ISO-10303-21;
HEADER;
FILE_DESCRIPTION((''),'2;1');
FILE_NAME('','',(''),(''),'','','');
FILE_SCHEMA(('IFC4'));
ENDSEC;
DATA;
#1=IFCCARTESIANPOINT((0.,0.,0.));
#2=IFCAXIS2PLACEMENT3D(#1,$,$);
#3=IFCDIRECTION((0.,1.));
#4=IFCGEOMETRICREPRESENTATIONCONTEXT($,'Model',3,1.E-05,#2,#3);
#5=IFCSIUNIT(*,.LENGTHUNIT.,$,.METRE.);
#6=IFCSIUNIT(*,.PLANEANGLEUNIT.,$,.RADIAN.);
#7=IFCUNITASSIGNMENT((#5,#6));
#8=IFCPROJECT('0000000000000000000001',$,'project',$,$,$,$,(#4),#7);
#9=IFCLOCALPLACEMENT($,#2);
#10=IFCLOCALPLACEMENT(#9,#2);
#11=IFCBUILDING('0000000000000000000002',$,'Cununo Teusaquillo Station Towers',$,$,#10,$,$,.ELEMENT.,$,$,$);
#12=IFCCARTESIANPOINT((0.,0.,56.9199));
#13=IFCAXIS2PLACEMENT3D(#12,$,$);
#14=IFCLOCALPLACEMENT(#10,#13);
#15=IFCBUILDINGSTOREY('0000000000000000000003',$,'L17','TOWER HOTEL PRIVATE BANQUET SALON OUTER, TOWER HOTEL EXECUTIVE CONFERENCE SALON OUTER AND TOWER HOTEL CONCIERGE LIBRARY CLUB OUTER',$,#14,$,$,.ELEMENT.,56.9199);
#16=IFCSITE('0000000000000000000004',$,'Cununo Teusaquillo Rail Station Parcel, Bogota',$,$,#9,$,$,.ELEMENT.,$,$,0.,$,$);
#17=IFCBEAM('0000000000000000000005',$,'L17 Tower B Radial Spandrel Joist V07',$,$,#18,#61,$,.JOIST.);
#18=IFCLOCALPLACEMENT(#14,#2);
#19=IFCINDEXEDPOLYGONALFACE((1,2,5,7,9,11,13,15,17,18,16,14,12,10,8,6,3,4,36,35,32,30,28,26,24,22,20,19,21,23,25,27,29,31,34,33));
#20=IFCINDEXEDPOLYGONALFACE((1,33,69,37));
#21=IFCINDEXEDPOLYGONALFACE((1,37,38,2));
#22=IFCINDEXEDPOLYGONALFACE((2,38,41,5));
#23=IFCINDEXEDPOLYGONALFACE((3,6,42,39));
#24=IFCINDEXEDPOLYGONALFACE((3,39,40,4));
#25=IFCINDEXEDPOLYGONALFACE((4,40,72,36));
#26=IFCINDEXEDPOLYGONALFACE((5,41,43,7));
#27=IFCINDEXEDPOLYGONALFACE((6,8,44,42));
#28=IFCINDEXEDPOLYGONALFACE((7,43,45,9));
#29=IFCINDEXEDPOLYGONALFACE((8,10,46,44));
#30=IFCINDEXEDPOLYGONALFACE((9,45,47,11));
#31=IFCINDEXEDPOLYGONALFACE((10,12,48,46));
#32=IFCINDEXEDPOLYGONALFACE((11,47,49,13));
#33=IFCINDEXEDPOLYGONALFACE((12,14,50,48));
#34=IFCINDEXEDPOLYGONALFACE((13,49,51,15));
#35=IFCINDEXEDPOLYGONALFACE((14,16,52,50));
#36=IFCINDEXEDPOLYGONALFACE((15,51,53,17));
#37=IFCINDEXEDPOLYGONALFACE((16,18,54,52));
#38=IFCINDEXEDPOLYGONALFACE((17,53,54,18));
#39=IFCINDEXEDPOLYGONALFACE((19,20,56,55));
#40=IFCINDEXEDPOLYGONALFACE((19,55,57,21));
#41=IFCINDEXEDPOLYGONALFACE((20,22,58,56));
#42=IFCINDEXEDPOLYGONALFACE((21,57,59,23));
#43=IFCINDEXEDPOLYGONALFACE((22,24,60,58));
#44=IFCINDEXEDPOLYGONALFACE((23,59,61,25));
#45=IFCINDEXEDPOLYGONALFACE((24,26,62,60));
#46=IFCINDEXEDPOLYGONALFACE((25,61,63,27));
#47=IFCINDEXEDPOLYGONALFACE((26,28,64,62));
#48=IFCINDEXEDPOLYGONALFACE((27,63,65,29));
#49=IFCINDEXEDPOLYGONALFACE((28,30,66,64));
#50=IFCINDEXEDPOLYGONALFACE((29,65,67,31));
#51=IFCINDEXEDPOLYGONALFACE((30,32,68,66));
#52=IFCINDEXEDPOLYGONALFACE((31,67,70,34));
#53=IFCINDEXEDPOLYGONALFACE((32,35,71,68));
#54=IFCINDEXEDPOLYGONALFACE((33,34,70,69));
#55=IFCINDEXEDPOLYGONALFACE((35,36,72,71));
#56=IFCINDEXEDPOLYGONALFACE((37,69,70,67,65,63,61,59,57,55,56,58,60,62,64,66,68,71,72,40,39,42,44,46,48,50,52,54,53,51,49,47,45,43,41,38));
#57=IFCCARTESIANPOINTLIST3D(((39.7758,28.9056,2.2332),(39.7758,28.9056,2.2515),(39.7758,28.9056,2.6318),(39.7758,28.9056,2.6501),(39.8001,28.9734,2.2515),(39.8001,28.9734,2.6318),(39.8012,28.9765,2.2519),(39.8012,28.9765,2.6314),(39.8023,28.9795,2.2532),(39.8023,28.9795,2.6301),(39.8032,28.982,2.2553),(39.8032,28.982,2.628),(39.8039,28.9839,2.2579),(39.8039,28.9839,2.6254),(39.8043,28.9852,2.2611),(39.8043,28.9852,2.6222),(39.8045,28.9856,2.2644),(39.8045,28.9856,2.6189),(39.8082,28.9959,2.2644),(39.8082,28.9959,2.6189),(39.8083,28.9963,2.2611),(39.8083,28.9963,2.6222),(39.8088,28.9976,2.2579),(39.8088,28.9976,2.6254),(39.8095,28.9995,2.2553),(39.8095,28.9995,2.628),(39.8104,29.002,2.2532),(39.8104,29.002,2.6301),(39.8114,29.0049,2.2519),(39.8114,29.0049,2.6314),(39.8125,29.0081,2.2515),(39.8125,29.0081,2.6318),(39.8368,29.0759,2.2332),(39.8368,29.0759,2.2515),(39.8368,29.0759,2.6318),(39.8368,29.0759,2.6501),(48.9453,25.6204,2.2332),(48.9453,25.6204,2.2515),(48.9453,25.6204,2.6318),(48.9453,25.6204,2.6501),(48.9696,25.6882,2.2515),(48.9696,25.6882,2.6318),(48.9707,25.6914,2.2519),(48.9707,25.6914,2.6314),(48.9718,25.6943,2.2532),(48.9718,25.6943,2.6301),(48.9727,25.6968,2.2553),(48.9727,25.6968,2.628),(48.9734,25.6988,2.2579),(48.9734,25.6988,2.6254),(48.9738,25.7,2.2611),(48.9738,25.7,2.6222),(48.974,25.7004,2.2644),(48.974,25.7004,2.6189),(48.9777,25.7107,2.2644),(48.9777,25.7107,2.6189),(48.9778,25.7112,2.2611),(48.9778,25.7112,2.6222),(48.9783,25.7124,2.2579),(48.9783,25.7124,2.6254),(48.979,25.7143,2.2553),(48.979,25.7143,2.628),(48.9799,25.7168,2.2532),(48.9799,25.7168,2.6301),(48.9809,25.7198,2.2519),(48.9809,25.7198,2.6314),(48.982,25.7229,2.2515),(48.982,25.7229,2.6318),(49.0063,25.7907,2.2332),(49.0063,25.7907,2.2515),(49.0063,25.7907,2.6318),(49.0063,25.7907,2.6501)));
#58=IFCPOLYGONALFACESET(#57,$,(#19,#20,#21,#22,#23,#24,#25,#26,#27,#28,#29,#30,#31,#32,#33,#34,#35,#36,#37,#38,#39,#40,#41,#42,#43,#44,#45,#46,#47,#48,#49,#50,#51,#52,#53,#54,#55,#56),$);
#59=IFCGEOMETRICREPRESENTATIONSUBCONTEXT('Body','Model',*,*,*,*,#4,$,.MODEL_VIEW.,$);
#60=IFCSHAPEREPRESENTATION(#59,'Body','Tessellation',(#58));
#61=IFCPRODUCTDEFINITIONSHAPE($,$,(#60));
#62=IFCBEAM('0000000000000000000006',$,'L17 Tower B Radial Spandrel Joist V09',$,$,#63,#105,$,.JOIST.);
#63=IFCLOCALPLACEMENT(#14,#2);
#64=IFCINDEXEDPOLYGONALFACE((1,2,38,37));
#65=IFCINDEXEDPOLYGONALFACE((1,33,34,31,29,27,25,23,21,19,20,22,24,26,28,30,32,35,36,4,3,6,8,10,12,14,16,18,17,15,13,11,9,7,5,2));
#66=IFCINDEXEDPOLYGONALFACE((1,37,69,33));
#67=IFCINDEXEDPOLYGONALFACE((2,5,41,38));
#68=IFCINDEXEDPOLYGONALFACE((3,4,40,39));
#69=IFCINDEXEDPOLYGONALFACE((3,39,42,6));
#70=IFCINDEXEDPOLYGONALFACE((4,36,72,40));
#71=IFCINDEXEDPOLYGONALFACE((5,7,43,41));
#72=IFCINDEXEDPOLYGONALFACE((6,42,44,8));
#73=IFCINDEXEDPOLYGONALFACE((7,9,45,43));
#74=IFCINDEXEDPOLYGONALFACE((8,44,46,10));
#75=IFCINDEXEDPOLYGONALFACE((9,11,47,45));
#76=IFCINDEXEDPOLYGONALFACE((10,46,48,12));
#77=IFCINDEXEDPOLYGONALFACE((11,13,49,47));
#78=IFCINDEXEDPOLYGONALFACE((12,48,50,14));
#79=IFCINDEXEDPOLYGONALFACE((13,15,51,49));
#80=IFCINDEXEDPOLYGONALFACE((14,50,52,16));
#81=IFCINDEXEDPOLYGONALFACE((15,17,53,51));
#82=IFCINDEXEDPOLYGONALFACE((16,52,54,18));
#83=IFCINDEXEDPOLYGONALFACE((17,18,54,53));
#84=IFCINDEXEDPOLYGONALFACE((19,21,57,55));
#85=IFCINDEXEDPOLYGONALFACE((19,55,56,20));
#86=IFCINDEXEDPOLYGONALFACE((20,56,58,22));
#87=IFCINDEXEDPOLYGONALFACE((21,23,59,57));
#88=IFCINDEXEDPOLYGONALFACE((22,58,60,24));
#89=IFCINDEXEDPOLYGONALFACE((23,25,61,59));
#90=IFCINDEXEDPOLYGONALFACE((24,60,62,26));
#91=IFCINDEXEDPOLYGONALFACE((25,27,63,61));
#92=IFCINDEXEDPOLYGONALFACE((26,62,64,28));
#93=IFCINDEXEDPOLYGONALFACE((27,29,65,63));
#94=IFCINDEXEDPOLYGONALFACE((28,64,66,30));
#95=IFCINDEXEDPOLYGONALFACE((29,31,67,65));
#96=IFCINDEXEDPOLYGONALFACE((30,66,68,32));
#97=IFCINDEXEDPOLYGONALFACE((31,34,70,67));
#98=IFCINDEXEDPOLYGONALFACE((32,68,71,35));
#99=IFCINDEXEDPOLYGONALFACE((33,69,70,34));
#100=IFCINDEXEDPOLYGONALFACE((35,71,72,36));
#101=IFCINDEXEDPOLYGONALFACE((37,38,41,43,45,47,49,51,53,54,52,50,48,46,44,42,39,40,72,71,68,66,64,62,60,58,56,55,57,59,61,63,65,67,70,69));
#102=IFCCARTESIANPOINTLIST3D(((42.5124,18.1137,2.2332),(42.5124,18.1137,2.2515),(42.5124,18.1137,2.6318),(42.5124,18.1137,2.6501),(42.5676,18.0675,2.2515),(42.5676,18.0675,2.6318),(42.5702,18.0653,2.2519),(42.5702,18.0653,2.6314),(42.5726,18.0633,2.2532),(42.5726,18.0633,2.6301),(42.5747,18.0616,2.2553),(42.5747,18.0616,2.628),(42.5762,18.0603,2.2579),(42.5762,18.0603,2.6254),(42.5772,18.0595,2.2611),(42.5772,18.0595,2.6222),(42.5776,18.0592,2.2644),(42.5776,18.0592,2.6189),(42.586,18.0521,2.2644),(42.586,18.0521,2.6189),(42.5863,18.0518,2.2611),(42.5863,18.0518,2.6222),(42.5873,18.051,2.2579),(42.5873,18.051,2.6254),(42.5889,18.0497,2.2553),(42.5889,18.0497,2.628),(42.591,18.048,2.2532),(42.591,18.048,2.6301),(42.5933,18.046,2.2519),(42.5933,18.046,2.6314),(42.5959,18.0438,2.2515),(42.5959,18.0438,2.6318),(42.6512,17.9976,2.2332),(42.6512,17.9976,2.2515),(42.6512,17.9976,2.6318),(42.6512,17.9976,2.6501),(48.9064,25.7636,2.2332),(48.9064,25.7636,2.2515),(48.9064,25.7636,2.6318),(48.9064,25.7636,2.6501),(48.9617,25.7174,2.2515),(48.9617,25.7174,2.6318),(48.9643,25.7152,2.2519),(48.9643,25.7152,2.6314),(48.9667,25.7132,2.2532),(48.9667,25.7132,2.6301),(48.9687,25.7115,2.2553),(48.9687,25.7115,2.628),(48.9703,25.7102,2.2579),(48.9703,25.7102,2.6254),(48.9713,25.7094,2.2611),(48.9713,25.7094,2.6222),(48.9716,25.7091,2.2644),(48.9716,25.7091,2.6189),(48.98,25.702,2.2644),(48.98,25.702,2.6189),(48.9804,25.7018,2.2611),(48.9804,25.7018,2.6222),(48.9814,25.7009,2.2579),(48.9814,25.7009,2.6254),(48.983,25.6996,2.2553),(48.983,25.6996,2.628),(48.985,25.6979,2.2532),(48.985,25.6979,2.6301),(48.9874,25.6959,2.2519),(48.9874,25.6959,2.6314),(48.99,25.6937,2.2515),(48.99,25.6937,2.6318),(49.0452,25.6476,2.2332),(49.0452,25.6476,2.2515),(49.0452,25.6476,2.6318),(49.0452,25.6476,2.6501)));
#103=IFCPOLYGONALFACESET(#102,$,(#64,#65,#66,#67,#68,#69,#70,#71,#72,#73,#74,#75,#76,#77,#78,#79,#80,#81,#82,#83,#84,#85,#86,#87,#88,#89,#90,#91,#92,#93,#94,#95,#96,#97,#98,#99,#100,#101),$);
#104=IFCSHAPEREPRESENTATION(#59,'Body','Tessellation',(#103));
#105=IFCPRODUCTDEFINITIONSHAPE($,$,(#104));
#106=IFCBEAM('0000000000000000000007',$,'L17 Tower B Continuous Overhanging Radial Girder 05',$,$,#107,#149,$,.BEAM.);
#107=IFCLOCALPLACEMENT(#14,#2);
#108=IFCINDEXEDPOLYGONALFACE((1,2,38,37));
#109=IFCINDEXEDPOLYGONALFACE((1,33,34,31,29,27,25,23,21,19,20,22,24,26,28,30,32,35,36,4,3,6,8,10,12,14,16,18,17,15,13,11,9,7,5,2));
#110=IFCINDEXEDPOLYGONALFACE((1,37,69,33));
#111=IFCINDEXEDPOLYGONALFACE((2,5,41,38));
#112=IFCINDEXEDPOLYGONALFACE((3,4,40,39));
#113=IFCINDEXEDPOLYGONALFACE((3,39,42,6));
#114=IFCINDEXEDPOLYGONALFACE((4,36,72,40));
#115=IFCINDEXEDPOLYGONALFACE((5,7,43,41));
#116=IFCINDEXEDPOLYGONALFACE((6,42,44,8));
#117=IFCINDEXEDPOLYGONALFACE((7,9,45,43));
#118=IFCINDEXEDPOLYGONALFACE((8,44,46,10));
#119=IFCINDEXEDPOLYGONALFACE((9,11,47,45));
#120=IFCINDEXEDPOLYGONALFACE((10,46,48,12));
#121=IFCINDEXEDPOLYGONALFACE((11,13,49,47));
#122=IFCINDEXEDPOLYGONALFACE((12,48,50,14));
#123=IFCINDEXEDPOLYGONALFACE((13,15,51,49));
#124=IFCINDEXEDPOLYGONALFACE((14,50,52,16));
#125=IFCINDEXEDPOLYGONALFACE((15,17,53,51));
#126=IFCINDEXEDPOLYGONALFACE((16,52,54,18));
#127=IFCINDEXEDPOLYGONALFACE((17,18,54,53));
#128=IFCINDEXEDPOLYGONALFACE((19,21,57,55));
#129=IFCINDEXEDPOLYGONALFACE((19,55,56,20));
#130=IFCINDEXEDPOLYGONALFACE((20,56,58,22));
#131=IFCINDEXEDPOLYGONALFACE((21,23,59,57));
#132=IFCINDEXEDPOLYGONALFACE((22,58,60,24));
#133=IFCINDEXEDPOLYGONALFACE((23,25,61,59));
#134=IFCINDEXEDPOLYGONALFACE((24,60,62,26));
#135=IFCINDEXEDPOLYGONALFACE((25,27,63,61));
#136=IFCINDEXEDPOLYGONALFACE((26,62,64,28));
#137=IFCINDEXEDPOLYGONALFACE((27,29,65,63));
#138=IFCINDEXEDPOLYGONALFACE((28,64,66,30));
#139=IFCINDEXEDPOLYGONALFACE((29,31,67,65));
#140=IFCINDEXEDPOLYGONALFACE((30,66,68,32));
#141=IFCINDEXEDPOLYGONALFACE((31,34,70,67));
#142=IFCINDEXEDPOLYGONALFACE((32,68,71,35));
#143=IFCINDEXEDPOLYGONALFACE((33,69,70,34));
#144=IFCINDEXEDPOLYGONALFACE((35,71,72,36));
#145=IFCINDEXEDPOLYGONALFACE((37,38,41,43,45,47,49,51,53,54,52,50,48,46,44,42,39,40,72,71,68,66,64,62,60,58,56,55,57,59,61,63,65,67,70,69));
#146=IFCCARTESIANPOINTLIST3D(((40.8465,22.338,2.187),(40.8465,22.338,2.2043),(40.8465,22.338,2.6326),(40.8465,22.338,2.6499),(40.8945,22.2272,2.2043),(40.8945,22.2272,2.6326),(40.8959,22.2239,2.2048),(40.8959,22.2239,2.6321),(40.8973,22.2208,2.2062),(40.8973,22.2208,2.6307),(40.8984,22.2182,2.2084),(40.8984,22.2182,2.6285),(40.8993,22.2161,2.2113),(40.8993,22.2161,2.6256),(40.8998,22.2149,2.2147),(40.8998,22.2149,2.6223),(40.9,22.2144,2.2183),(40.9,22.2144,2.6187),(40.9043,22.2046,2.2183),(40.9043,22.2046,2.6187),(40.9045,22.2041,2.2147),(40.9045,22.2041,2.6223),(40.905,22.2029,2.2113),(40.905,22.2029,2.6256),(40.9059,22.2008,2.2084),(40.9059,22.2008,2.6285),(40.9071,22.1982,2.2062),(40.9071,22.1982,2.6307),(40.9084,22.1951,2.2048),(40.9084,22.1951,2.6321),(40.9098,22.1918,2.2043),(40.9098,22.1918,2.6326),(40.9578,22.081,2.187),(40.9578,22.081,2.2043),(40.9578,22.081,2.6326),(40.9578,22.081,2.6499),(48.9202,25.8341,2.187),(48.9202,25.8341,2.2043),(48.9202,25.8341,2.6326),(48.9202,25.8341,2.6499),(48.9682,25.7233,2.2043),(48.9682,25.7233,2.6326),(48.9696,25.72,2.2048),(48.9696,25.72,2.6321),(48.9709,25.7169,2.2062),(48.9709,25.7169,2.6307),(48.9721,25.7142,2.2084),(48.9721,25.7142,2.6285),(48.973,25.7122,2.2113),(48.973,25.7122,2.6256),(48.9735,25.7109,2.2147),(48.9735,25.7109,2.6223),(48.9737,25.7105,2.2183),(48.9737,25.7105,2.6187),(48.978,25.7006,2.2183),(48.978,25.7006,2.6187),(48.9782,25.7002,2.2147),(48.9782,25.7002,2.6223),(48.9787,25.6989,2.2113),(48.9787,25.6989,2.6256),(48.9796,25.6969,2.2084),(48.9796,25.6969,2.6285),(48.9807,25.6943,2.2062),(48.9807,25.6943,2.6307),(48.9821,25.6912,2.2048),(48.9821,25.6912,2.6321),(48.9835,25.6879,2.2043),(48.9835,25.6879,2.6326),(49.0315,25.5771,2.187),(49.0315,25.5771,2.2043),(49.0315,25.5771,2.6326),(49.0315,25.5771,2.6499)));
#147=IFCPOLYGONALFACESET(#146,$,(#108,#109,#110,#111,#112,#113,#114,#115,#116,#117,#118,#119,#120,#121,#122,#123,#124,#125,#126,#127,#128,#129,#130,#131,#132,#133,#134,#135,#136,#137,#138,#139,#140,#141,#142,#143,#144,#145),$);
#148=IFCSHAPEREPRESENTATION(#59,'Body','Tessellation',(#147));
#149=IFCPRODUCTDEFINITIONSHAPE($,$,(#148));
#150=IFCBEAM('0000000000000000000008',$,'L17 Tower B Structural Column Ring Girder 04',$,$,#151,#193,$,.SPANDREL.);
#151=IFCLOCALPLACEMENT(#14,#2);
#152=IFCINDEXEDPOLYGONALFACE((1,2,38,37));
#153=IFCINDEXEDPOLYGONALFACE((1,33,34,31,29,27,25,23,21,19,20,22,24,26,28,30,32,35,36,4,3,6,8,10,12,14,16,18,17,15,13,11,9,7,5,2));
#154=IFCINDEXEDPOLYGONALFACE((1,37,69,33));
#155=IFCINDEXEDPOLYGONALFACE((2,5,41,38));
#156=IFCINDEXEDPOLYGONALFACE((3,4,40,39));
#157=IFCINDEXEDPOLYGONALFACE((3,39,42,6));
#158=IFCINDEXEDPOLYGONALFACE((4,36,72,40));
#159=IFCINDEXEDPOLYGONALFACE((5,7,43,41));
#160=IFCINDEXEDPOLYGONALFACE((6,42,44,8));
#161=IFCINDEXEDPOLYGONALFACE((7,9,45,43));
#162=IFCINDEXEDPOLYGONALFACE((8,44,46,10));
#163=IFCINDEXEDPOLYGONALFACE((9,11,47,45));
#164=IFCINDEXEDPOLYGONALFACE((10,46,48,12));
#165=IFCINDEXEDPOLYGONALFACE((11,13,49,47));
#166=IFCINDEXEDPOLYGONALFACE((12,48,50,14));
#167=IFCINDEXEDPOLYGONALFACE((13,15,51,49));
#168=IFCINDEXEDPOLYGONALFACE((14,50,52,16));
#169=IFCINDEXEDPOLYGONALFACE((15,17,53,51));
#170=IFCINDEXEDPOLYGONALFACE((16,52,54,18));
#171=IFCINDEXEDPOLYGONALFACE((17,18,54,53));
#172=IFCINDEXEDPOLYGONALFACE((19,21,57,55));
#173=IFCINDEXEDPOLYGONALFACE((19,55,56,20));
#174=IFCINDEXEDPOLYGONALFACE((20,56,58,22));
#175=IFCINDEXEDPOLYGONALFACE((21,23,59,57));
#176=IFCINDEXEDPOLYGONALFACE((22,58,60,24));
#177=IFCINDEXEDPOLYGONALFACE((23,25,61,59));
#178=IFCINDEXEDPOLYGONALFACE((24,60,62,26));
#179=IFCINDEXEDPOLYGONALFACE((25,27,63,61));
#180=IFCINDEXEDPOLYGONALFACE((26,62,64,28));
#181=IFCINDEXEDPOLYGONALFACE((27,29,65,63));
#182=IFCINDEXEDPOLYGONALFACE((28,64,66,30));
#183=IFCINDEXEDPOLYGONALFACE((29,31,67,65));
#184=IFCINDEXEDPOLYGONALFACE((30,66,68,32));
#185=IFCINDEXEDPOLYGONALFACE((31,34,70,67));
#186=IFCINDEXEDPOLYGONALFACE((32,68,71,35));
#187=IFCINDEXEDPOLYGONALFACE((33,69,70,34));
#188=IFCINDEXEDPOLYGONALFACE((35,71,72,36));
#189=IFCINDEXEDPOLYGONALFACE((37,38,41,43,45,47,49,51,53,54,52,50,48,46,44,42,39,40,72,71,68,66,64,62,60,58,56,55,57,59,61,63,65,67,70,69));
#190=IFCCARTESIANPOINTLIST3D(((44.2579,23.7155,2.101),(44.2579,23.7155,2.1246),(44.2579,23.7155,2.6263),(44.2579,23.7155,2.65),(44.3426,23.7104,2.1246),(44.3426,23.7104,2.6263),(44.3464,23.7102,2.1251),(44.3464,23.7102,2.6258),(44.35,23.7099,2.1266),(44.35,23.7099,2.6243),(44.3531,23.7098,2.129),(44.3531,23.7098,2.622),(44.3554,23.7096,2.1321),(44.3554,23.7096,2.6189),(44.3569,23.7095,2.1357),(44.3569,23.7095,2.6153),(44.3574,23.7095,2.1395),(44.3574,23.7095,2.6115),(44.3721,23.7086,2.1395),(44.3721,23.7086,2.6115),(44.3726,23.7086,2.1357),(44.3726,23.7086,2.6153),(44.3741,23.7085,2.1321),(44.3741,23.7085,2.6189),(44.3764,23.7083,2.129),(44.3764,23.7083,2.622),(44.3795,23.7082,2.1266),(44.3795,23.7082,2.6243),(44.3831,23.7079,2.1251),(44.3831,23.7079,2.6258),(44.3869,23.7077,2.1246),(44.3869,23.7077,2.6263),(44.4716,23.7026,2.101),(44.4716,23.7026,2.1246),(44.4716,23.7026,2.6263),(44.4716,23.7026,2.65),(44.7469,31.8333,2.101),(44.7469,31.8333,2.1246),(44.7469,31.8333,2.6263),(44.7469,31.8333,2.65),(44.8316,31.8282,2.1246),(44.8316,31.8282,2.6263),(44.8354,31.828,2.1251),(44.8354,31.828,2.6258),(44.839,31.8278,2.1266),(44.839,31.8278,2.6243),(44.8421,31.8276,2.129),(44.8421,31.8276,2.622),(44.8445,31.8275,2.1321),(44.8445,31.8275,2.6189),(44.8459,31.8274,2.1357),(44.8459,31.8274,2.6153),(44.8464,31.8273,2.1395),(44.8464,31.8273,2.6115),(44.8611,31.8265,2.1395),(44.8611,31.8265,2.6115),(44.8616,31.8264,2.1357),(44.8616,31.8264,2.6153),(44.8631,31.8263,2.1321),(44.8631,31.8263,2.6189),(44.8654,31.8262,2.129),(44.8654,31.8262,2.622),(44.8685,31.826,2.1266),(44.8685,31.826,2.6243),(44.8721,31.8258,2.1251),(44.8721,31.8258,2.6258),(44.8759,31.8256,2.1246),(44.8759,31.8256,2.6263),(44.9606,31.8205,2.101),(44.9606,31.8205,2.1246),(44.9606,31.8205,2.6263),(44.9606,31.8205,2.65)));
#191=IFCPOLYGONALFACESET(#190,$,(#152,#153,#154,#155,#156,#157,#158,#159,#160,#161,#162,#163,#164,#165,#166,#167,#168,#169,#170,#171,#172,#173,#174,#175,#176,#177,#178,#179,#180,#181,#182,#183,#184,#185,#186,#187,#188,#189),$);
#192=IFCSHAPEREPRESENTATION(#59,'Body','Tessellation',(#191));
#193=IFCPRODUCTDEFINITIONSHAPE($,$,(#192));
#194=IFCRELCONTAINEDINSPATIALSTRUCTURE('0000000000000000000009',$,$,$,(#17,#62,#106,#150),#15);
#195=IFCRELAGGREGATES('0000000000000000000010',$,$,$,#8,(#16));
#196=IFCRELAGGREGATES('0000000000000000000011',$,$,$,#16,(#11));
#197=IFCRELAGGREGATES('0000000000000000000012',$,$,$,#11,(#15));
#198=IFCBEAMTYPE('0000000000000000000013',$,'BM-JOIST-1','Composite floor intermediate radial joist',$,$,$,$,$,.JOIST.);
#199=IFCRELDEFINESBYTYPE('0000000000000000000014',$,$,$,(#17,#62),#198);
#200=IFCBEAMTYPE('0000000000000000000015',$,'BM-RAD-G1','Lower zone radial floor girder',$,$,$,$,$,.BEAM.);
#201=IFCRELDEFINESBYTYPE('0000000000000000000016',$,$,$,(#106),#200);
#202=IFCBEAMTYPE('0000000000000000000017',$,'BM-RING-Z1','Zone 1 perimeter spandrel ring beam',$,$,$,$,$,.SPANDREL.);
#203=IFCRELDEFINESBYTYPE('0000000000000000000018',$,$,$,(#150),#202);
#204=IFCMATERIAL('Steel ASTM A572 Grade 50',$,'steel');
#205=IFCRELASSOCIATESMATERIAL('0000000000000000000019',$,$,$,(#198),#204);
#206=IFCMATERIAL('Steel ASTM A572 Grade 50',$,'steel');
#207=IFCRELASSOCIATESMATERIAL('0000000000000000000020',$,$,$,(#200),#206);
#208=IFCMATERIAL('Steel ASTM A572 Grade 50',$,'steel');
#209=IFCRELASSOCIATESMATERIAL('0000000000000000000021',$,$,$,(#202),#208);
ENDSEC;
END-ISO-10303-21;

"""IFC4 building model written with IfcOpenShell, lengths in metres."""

from ifc_helpers import new_model, si_unit, direction, frame, origin, origin_2d, place, context, subcontext, project, spatial, i_section, extrude, material, material_profile, profile_set, type_object, element, save


model = new_model("IFC4")

# Units and contexts
model_context = context("Model", 3, precision=1e-05, world=origin(), true_north=direction((0.0, 1.0)))
body_context = subcontext(model_context, "Body", "Model", "MODEL_VIEW")
ifc_project = project(units=[si_unit("LENGTHUNIT", "METRE"), si_unit("PLANEANGLEUNIT", "RADIAN")], contexts=[model_context])

# Site, building, storey
site_placement = place(None, origin())
site = spatial("IfcSite", under=ifc_project, at=site_placement, Name="Cununo Teusaquillo Rail Station Parcel, Bogota", CompositionType="ELEMENT", RefElevation=0.0)
building_placement = place(site_placement, origin())
building = spatial("IfcBuilding", under=site, at=building_placement, Name="Cununo Teusaquillo Station Towers", CompositionType="ELEMENT")
storey_placement = place(building_placement, frame((0.0, 0.0, 56.9199)))
storey = spatial("IfcBuildingStorey", under=building, at=storey_placement, Name="L17", Description="TOWER HOTEL PRIVATE BANQUET SALON OUTER, TOWER HOTEL EXECUTIVE CONFERENCE SALON OUTER AND TOWER HOTEL CONCIERGE LIBRARY CLUB OUTER", CompositionType="ELEMENT", Elevation=56.9199)

# Beams
ifc_material_1 = material(Name="Steel ASTM A572 Grade 50", Category="steel")
ifc_material_profile_1 = material_profile(ifc_material_1, i_section(OverallWidth=0.1809, OverallDepth=0.417, WebThickness=0.011, FlangeThickness=0.0183, FilletRadius=0.0129, at=origin_2d()), Name="W16X57")
ifc_profile_set_1 = profile_set([ifc_material_profile_1], Name="Steel ASTM A572 Grade 50")
beam_type_1 = type_object("IfcBeamType", Name="BM-JOIST-1", Description="Composite floor intermediate radial joist", PredefinedType="JOIST", material=ifc_profile_set_1)
beam_1_placement = place(storey_placement, frame((48.9758, 25.7056, 2.4417), z_axis=(-0.941405, 0.337279, 0.0), x_axis=(-0.337279, -0.941405, 0.0)))
element("IfcBeam", 1, at=beam_1_placement, inside=storey, type_object=beam_type_1, Name="L17 Tower B Radial Spandrel Joist V07", PredefinedType="JOIST", context=body_context, shape_type="SweptSolid", body=[
    extrude(i_section(OverallWidth=0.1809, OverallDepth=0.417, WebThickness=0.011, FlangeThickness=0.0183, FilletRadius=0.0129, at=origin_2d()), origin(), (0.0, 0.0, 1.0), 9.7402),
])
beam_2_placement = place(storey_placement, frame((48.9758, 25.7056, 2.4417), z_axis=(-0.641316, -0.767277, 0.0), x_axis=(0.767277, -0.641316, 0.0)))
element("IfcBeam", 2, at=beam_2_placement, inside=storey, type_object=beam_type_1, Name="L17 Tower B Radial Spandrel Joist V09", PredefinedType="JOIST", context=body_context, shape_type="SweptSolid", body=[
    extrude(i_section(OverallWidth=0.1809, OverallDepth=0.417, WebThickness=0.011, FlangeThickness=0.0183, FilletRadius=0.0129, at=origin_2d()), origin(), (0.0, 0.0, 1.0), 9.9702),
])
ifc_material_2 = material(Name="Steel ASTM A572 Grade 50", Category="steel")
ifc_material_profile_2 = material_profile(ifc_material_2, i_section(OverallWidth=0.28, OverallDepth=0.4629, WebThickness=0.0107, FlangeThickness=0.0173, FilletRadius=0.0139, at=origin_2d()), Name="W18X76")
ifc_profile_set_2 = profile_set([ifc_material_profile_2], Name="Steel ASTM A572 Grade 50")
beam_type_2 = type_object("IfcBeamType", Name="BM-RAD-G1", Description="Lower zone radial floor girder", PredefinedType="BEAM", material=ifc_profile_set_2)
beam_3_placement = place(storey_placement, frame((48.9758, 25.7056, 2.4185), z_axis=(-0.91766, -0.397366, 0.0), x_axis=(0.397366, -0.91766, 0.0)))
element("IfcBeam", 3, at=beam_3_placement, inside=storey, type_object=beam_type_2, Name="L17 Tower B Continuous Overhanging Radial Girder 05", PredefinedType="BEAM", context=body_context, shape_type="SweptSolid", body=[
    extrude(i_section(OverallWidth=0.28, OverallDepth=0.4629, WebThickness=0.0107, FlangeThickness=0.0173, FilletRadius=0.0139, at=origin_2d()), origin(), (0.0, 0.0, 1.0), 8.7981),
])
ifc_material_3 = material(Name="Steel ASTM A572 Grade 50", Category="steel")
ifc_material_profile_3 = material_profile(ifc_material_3, i_section(OverallWidth=0.2141, OverallDepth=0.5491, WebThickness=0.0146, FlangeThickness=0.0237, FilletRadius=0.0149, at=origin_2d()), Name="W21X93")
ifc_profile_set_3 = profile_set([ifc_material_profile_3], Name="Steel ASTM A572 Grade 50")
beam_type_3 = type_object("IfcBeamType", Name="BM-RING-Z1", Description="Zone 1 perimeter spandrel ring beam", PredefinedType="SPANDREL", material=ifc_profile_set_3)
beam_4_placement = place(storey_placement, frame((44.8538, 31.8269, 2.3755), z_axis=(-0.06013, -0.998191, 0.0), x_axis=(0.998191, -0.06013, 0.0)))
element("IfcBeam", 4, at=beam_4_placement, inside=storey, type_object=beam_type_3, Name="L17 Tower B Structural Column Ring Girder 04", PredefinedType="SPANDREL", context=body_context, shape_type="SweptSolid", body=[
    extrude(i_section(OverallWidth=0.2141, OverallDepth=0.5491, WebThickness=0.0146, FlangeThickness=0.0237, FilletRadius=0.0149, at=origin_2d()), origin(), (0.0, 0.0, 1.0), 8.1326),
])

save(model, "model.ifc")
